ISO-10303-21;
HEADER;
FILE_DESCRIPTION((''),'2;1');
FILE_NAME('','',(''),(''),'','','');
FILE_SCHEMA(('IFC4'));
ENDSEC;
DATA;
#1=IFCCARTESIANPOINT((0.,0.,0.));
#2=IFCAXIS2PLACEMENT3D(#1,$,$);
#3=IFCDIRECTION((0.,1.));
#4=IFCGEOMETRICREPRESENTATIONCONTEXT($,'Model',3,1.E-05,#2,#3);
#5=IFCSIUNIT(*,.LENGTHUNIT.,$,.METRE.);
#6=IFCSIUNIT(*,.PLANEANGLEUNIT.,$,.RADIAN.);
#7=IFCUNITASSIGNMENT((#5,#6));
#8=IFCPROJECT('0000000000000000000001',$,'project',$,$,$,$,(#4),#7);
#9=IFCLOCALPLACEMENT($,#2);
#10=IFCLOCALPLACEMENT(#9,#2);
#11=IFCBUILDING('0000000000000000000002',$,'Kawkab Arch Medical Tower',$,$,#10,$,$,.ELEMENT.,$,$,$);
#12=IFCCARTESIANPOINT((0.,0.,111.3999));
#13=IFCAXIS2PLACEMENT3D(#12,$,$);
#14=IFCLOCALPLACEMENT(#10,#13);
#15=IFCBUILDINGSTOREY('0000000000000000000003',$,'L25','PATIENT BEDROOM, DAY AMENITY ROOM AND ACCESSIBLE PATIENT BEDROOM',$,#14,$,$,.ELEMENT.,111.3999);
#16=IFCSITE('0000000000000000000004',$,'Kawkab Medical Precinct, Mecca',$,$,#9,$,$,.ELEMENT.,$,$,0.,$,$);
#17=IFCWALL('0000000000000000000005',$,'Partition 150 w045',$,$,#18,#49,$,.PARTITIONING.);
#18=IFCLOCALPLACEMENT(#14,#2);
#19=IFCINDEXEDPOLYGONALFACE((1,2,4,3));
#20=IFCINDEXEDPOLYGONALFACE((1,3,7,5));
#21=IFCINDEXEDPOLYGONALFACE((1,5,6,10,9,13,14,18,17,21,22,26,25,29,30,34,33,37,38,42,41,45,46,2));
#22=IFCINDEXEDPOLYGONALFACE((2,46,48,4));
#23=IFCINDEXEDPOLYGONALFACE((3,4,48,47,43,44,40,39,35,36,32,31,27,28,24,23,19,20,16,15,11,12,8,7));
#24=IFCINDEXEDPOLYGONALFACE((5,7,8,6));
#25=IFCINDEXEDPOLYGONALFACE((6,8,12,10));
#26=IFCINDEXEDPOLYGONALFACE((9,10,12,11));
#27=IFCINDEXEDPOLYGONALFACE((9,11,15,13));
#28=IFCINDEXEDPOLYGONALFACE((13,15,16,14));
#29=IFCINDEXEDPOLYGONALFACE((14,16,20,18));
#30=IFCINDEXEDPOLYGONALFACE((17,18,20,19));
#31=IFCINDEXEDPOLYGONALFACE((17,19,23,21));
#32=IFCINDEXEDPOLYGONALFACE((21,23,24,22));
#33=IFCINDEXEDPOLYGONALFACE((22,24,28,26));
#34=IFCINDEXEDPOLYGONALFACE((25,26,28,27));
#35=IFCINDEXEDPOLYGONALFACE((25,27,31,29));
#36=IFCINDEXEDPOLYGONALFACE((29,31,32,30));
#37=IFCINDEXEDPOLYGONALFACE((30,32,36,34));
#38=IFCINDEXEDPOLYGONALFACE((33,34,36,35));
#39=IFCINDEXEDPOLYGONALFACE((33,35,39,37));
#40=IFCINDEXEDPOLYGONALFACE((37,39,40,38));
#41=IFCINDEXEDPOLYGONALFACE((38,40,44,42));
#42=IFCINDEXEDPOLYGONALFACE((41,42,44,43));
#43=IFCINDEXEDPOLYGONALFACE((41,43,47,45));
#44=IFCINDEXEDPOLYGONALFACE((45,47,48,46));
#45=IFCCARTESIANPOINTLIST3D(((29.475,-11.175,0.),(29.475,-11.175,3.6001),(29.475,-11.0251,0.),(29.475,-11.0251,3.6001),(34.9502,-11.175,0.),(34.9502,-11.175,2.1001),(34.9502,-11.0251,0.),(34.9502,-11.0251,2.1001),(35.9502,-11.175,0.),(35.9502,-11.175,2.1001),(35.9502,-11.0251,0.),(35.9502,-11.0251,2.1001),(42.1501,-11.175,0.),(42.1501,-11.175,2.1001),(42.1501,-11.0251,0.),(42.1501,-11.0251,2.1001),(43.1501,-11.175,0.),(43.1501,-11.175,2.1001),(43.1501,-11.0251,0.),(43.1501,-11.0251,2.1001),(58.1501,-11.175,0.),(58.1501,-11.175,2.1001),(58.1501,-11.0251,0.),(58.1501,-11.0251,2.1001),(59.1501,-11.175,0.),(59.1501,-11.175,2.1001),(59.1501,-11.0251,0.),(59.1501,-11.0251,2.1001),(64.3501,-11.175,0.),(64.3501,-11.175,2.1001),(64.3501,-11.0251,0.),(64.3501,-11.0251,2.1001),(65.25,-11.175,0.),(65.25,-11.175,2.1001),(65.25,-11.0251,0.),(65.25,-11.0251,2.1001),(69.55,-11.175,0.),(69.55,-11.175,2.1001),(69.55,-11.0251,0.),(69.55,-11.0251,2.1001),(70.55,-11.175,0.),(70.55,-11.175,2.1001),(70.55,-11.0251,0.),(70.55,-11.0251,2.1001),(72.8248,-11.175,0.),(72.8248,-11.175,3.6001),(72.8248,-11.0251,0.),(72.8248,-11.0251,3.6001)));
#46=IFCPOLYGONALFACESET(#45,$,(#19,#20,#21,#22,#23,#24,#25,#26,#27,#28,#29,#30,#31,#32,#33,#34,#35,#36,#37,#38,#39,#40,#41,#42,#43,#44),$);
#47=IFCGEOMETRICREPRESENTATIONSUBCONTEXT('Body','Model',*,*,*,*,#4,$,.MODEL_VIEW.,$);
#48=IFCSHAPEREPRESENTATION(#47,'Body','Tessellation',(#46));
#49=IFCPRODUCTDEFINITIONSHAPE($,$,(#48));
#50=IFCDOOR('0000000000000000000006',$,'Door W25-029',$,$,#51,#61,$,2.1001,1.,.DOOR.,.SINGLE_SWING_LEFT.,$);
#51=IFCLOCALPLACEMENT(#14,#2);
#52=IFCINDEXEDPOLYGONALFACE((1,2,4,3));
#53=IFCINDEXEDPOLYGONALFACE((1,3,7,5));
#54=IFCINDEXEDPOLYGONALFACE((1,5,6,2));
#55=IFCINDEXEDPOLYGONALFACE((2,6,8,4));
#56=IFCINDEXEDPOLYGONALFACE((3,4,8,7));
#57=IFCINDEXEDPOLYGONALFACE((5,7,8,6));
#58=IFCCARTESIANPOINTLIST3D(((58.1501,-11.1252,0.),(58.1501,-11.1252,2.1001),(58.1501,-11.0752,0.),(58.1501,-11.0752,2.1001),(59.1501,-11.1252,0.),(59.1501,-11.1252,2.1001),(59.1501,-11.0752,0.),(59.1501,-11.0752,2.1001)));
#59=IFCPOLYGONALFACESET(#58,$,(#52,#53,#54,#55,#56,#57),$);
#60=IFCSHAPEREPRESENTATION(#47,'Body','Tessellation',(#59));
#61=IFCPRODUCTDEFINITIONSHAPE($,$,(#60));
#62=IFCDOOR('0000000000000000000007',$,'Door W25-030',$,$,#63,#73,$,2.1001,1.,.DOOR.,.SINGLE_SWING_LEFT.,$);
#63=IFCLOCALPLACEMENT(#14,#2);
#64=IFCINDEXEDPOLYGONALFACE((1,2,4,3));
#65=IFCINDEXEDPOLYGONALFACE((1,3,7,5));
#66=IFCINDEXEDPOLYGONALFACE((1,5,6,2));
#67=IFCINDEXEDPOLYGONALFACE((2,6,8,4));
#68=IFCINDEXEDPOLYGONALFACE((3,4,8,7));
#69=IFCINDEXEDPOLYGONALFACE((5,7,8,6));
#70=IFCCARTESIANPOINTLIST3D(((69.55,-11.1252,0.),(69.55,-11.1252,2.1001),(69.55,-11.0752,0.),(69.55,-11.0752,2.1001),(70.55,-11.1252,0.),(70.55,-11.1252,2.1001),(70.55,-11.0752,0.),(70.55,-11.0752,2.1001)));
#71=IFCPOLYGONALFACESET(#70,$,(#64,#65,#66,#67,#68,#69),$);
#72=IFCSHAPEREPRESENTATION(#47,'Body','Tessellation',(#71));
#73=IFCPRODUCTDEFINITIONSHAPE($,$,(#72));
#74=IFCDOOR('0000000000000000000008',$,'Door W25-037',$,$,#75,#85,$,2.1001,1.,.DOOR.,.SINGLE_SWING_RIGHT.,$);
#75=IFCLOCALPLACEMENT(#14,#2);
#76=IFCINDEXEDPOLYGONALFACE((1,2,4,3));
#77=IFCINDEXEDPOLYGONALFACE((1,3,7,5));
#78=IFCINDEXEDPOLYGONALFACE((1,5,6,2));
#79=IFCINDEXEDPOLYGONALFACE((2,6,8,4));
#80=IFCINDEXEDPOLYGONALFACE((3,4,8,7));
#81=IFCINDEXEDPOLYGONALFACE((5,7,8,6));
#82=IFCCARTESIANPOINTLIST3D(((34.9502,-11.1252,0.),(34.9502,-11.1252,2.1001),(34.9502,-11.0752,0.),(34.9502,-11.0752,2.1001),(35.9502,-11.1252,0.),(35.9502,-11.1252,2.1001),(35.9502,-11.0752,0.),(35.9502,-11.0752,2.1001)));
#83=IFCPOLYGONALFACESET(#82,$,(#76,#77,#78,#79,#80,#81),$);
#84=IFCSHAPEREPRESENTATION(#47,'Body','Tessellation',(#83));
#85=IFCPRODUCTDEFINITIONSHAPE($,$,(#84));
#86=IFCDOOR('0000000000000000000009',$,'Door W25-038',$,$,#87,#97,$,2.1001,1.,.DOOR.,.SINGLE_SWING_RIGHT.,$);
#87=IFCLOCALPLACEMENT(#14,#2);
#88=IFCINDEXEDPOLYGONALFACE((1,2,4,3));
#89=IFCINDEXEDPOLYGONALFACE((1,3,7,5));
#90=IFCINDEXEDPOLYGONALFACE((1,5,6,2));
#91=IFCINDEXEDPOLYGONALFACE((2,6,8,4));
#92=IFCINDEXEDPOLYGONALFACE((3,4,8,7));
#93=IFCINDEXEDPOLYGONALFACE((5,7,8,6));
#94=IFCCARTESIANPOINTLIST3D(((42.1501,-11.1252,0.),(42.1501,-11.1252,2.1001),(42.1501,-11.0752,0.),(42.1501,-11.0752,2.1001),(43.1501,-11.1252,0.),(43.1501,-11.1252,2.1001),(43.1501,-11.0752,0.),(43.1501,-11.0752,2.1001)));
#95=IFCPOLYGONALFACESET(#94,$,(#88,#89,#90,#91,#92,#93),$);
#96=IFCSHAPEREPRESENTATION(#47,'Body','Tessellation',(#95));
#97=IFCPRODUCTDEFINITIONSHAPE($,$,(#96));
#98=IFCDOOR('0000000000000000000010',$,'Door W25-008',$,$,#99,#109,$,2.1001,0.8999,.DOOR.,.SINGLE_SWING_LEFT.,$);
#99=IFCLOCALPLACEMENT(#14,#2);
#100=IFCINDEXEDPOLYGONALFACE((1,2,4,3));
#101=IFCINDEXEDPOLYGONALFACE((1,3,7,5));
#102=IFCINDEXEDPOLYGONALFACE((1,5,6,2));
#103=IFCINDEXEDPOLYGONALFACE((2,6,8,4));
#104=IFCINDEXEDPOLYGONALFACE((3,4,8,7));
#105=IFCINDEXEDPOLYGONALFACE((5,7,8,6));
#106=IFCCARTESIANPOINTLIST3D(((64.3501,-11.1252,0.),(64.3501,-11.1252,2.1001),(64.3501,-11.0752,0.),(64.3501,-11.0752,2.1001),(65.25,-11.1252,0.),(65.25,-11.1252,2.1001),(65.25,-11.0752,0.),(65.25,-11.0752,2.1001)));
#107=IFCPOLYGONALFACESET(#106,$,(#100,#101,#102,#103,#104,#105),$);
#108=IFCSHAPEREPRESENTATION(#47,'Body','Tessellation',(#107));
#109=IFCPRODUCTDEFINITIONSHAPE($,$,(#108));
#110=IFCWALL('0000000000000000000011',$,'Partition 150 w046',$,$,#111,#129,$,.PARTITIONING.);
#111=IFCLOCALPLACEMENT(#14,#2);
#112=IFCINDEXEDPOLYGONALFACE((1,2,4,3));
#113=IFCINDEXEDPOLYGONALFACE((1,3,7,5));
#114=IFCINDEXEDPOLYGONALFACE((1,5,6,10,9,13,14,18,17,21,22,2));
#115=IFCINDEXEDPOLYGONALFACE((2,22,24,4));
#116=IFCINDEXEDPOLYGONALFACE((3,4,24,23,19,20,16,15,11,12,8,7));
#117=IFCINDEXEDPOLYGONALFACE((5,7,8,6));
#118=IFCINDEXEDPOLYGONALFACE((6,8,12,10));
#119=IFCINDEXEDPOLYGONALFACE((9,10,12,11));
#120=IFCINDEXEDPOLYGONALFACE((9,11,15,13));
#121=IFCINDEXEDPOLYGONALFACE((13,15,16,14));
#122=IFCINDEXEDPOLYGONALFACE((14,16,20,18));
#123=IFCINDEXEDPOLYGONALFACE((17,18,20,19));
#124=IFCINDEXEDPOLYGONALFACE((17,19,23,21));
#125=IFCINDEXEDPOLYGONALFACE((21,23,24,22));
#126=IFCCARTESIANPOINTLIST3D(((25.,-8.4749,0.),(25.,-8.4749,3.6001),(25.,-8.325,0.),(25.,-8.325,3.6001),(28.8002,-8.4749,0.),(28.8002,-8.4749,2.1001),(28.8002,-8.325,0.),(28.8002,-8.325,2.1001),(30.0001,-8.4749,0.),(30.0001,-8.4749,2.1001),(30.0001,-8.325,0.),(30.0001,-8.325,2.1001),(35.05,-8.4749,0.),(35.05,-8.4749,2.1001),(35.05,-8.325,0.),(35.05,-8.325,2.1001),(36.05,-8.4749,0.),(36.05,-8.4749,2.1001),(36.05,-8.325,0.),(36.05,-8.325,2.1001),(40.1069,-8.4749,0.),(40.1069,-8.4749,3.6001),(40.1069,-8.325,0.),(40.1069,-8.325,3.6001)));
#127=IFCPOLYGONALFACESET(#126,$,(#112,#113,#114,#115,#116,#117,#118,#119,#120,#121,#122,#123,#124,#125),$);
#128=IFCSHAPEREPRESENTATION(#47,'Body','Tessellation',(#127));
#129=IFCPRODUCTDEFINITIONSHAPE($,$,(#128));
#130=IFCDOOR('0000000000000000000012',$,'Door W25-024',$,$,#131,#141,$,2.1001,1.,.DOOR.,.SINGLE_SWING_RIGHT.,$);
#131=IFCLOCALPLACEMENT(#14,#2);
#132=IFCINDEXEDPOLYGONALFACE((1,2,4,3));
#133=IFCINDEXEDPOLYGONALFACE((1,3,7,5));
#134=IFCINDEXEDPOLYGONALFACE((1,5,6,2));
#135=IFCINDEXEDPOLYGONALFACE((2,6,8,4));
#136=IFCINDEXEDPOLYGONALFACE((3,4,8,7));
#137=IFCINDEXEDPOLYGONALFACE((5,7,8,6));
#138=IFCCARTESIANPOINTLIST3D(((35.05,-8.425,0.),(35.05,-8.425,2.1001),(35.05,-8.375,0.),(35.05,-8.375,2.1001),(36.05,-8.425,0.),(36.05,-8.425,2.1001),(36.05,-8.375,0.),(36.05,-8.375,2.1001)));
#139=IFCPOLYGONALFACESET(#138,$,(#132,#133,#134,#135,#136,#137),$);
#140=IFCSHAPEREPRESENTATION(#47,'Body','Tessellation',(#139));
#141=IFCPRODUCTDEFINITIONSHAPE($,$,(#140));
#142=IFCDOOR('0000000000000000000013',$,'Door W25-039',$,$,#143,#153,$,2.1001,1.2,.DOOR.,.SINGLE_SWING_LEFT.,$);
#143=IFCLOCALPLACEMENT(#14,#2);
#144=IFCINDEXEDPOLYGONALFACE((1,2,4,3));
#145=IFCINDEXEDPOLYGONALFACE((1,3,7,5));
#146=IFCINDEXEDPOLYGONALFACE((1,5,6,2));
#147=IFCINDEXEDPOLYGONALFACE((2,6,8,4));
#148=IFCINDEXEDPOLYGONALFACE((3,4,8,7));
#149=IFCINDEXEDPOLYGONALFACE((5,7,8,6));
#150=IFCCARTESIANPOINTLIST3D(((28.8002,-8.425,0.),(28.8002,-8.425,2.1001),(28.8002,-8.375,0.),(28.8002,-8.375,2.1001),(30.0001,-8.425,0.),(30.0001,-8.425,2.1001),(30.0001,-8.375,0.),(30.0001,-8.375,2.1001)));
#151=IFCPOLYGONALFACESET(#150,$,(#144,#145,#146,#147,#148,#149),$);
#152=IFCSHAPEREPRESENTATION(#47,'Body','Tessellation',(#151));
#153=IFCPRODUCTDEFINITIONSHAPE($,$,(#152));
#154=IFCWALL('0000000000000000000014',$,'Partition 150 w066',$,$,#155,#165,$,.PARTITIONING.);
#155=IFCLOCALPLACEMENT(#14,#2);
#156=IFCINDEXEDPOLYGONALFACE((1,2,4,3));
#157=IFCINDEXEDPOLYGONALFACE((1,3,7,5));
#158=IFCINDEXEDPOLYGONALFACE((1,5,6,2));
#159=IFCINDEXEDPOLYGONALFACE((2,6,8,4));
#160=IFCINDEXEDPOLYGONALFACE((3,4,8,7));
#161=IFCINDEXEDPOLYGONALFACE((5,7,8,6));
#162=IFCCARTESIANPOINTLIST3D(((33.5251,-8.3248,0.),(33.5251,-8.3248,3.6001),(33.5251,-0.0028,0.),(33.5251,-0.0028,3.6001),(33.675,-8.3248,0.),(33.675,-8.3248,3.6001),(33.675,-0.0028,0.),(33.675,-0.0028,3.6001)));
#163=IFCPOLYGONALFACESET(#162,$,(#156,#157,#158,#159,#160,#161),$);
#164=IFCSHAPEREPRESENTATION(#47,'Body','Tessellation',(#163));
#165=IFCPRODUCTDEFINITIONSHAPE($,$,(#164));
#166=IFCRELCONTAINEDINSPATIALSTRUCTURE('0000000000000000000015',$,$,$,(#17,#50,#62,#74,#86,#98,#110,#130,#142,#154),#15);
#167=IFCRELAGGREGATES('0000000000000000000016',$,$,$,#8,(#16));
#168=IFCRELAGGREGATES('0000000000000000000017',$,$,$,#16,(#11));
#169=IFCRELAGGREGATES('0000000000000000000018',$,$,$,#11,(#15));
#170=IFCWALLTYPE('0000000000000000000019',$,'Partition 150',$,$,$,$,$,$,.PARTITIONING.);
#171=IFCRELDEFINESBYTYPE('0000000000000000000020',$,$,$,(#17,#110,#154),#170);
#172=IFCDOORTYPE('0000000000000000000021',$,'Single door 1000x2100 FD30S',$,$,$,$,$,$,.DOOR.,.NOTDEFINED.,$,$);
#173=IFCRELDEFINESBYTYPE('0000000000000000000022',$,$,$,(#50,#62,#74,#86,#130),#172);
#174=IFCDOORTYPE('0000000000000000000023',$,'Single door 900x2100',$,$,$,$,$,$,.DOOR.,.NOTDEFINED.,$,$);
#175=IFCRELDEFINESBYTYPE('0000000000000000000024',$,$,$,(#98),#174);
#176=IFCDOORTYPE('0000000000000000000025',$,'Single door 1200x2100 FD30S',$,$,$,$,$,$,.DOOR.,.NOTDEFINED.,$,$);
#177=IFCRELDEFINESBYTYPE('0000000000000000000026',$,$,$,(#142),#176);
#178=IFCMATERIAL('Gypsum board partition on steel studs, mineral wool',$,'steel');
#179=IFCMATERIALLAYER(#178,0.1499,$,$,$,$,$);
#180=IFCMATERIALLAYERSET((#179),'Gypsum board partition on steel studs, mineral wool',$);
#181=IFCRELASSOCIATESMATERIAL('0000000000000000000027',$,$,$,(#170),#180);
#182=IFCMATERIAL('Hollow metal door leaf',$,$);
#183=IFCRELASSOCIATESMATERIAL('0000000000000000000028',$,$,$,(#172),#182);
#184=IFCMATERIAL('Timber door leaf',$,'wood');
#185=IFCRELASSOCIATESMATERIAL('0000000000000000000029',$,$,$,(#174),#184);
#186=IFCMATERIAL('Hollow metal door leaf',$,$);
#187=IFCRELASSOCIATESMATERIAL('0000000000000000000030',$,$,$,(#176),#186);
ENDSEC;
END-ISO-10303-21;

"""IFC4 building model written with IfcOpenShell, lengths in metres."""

from ifc_helpers import new_model, si_unit, direction, frame, frame_2d, origin, place, context, subcontext, project, spatial, rectangle, extrude, material, layer, layer_set, type_object, element, fill, save


model = new_model("IFC4")

# Units and contexts
model_context = context("Model", 3, precision=1e-05, world=origin(), true_north=direction((0.0, 1.0)))
body_context = subcontext(model_context, "Body", "Model", "MODEL_VIEW")
ifc_project = project(units=[si_unit("LENGTHUNIT", "METRE"), si_unit("PLANEANGLEUNIT", "RADIAN")], contexts=[model_context])

# Site, building, storey
site_placement = place(None, origin())
site = spatial("IfcSite", under=ifc_project, at=site_placement, Name="Kawkab Medical Precinct, Mecca", CompositionType="ELEMENT", RefElevation=0.0)
building_placement = place(site_placement, origin())
building = spatial("IfcBuilding", under=site, at=building_placement, Name="Kawkab Arch Medical Tower", CompositionType="ELEMENT")
storey_placement = place(building_placement, frame((0.0, 0.0, 111.3999)))
storey = spatial("IfcBuildingStorey", under=building, at=storey_placement, Name="L25", Description="PATIENT BEDROOM, DAY AMENITY ROOM AND ACCESSIBLE PATIENT BEDROOM", CompositionType="ELEMENT", Elevation=111.3999)

# Walls, openings, doors
ifc_material_1 = material(Name="Gypsum board partition on steel studs, mineral wool", Category="steel")
ifc_layer_1 = layer(ifc_material_1, 0.1499)
ifc_layer_set_1 = layer_set([ifc_layer_1], Name="Gypsum board partition on steel studs, mineral wool")
wall_type = type_object("IfcWallType", Name="Partition 150", PredefinedType="PARTITIONING", material=ifc_layer_set_1)
wall_1_placement = place(storey_placement, frame((29.4751, -11.1001, 0.0), z_axis=(0.0, 0.0, 1.0), x_axis=(1.0, 0.0, 0.0)))
wall_1 = element("IfcWall", 1, at=wall_1_placement, inside=storey, type_object=wall_type, Name="Partition 150 w045", PredefinedType="PARTITIONING", context=body_context, shape_type="SweptSolid", body=[
    extrude(rectangle(XDim=43.3499, YDim=0.1499, at=frame_2d((21.6748, 0.0))), origin(), (0.0, 0.0, 1.0), 3.6001),
])
opening_1_placement = place(wall_1_placement, frame((28.675, 0.0, 0.0)))
opening_1 = element("IfcOpeningElement", 2, at=opening_1_placement, cuts=wall_1, PredefinedType="OPENING", context=body_context, shape_type="SweptSolid", body=[
    extrude(rectangle(XDim=1.0, YDim=2.1001, at=frame_2d((0.5, 1.05))), frame((0.0, 0.085, 0.0), z_axis=(0.0, -1.0, 0.0), x_axis=(1.0, 0.0, 0.0)), (0.0, 0.0, 1.0), 0.1699),
])
opening_2_placement = place(wall_1_placement, frame((34.875, 0.0, 0.0)))
opening_2 = element("IfcOpeningElement", 3, at=opening_2_placement, cuts=wall_1, PredefinedType="OPENING", context=body_context, shape_type="SweptSolid", body=[
    extrude(rectangle(XDim=0.8999, YDim=2.1001, at=frame_2d((0.45, 1.05))), frame((0.0, 0.085, 0.0), z_axis=(0.0, -1.0, 0.0), x_axis=(1.0, 0.0, 0.0)), (0.0, 0.0, 1.0), 0.1699),
])
opening_3_placement = place(wall_1_placement, frame((40.075, 0.0, 0.0)))
opening_3 = element("IfcOpeningElement", 4, at=opening_3_placement, cuts=wall_1, PredefinedType="OPENING", context=body_context, shape_type="SweptSolid", body=[
    extrude(rectangle(XDim=1.0, YDim=2.1001, at=frame_2d((0.5, 1.05))), frame((0.0, 0.085, 0.0), z_axis=(0.0, -1.0, 0.0), x_axis=(1.0, 0.0, 0.0)), (0.0, 0.0, 1.0), 0.1699),
])
opening_4_placement = place(wall_1_placement, frame((5.4751, 0.0, 0.0)))
opening_4 = element("IfcOpeningElement", 5, at=opening_4_placement, cuts=wall_1, PredefinedType="OPENING", context=body_context, shape_type="SweptSolid", body=[
    extrude(rectangle(XDim=1.0, YDim=2.1001, at=frame_2d((0.5, 1.05))), frame((0.0, 0.085, 0.0), z_axis=(0.0, -1.0, 0.0), x_axis=(1.0, 0.0, 0.0)), (0.0, 0.0, 1.0), 0.1699),
])
opening_5_placement = place(wall_1_placement, frame((12.675, 0.0, 0.0)))
opening_5 = element("IfcOpeningElement", 6, at=opening_5_placement, cuts=wall_1, PredefinedType="OPENING", context=body_context, shape_type="SweptSolid", body=[
    extrude(rectangle(XDim=1.0, YDim=2.1001, at=frame_2d((0.5, 1.05))), frame((0.0, 0.085, 0.0), z_axis=(0.0, -1.0, 0.0), x_axis=(1.0, 0.0, 0.0)), (0.0, 0.0, 1.0), 0.1699),
])
ifc_material_2 = material(Name="Hollow metal door leaf")
door_type_1 = type_object("IfcDoorType", Name="Single door 1000x2100 FD30S", OperationType="NOTDEFINED", PredefinedType="DOOR", material=ifc_material_2)
door_1_placement = place(opening_1_placement, origin())
door_1 = element("IfcDoor", 7, at=door_1_placement, inside=storey, type_object=door_type_1, Name="Door W25-029", OperationType="SINGLE_SWING_LEFT", OverallHeight=2.1001, OverallWidth=1.0, PredefinedType="DOOR", context=body_context, shape_type="SweptSolid", body=[
    extrude(rectangle(XDim=1.0, YDim=2.1001, at=frame_2d((0.5, 1.05))), frame((0.0, 0.0249, 0.0), z_axis=(0.0, -1.0, 0.0), x_axis=(1.0, 0.0, 0.0)), (0.0, 0.0, 1.0), 0.05),
])
fill(opening_1, door_1)
door_2_placement = place(opening_3_placement, origin())
door_2 = element("IfcDoor", 8, at=door_2_placement, inside=storey, type_object=door_type_1, Name="Door W25-030", OperationType="SINGLE_SWING_LEFT", OverallHeight=2.1001, OverallWidth=1.0, PredefinedType="DOOR", context=body_context, shape_type="SweptSolid", body=[
    extrude(rectangle(XDim=1.0, YDim=2.1001, at=frame_2d((0.5, 1.05))), frame((0.0, 0.0249, 0.0), z_axis=(0.0, -1.0, 0.0), x_axis=(1.0, 0.0, 0.0)), (0.0, 0.0, 1.0), 0.05),
])
fill(opening_3, door_2)
door_3_placement = place(opening_4_placement, origin())
door_3 = element("IfcDoor", 9, at=door_3_placement, inside=storey, type_object=door_type_1, Name="Door W25-037", OperationType="SINGLE_SWING_RIGHT", OverallHeight=2.1001, OverallWidth=1.0, PredefinedType="DOOR", context=body_context, shape_type="SweptSolid", body=[
    extrude(rectangle(XDim=1.0, YDim=2.1001, at=frame_2d((0.5, 1.05))), frame((0.0, 0.0249, 0.0), z_axis=(0.0, -1.0, 0.0), x_axis=(1.0, 0.0, 0.0)), (0.0, 0.0, 1.0), 0.05),
])
fill(opening_4, door_3)
door_4_placement = place(opening_5_placement, origin())
door_4 = element("IfcDoor", 10, at=door_4_placement, inside=storey, type_object=door_type_1, Name="Door W25-038", OperationType="SINGLE_SWING_RIGHT", OverallHeight=2.1001, OverallWidth=1.0, PredefinedType="DOOR", context=body_context, shape_type="SweptSolid", body=[
    extrude(rectangle(XDim=1.0, YDim=2.1001, at=frame_2d((0.5, 1.05))), frame((0.0, 0.0249, 0.0), z_axis=(0.0, -1.0, 0.0), x_axis=(1.0, 0.0, 0.0)), (0.0, 0.0, 1.0), 0.05),
])
fill(opening_5, door_4)
ifc_material_3 = material(Name="Timber door leaf", Category="wood")
door_type_2 = type_object("IfcDoorType", Name="Single door 900x2100", OperationType="NOTDEFINED", PredefinedType="DOOR", material=ifc_material_3)
door_5_placement = place(opening_2_placement, origin())
door_5 = element("IfcDoor", 11, at=door_5_placement, inside=storey, type_object=door_type_2, Name="Door W25-008", OperationType="SINGLE_SWING_LEFT", OverallHeight=2.1001, OverallWidth=0.8999, PredefinedType="DOOR", context=body_context, shape_type="SweptSolid", body=[
    extrude(rectangle(XDim=0.8999, YDim=2.1001, at=frame_2d((0.45, 1.05))), frame((0.0, 0.0249, 0.0), z_axis=(0.0, -1.0, 0.0), x_axis=(1.0, 0.0, 0.0)), (0.0, 0.0, 1.0), 0.05),
])
fill(opening_2, door_5)
wall_2_placement = place(storey_placement, frame((25.0, -8.3999, 0.0), z_axis=(0.0, 0.0, 1.0), x_axis=(1.0, 0.0, 0.0)))
wall_2 = element("IfcWall", 12, at=wall_2_placement, inside=storey, type_object=wall_type, Name="Partition 150 w046", PredefinedType="PARTITIONING", context=body_context, shape_type="SweptSolid", body=[
    extrude(rectangle(XDim=15.1069, YDim=0.1499, at=frame_2d((7.5535, 0.0))), origin(), (0.0, 0.0, 1.0), 3.6001),
])
opening_6_placement = place(wall_2_placement, frame((3.8, 0.0, 0.0)))
opening_6 = element("IfcOpeningElement", 13, at=opening_6_placement, cuts=wall_2, PredefinedType="OPENING", context=body_context, shape_type="SweptSolid", body=[
    extrude(rectangle(XDim=1.2, YDim=2.1001, at=frame_2d((0.6001, 1.05))), frame((0.0, 0.085, 0.0), z_axis=(0.0, -1.0, 0.0), x_axis=(1.0, 0.0, 0.0)), (0.0, 0.0, 1.0), 0.1699),
])
opening_7_placement = place(wall_2_placement, frame((10.05, 0.0, 0.0)))
opening_7 = element("IfcOpeningElement", 14, at=opening_7_placement, cuts=wall_2, PredefinedType="OPENING", context=body_context, shape_type="SweptSolid", body=[
    extrude(rectangle(XDim=1.0, YDim=2.1001, at=frame_2d((0.5, 1.05))), frame((0.0, 0.085, 0.0), z_axis=(0.0, -1.0, 0.0), x_axis=(1.0, 0.0, 0.0)), (0.0, 0.0, 1.0), 0.1699),
])
door_6_placement = place(opening_7_placement, origin())
door_6 = element("IfcDoor", 15, at=door_6_placement, inside=storey, type_object=door_type_1, Name="Door W25-024", OperationType="SINGLE_SWING_RIGHT", OverallHeight=2.1001, OverallWidth=1.0, PredefinedType="DOOR", context=body_context, shape_type="SweptSolid", body=[
    extrude(rectangle(XDim=1.0, YDim=2.1001, at=frame_2d((0.5, 1.05))), frame((0.0, 0.0249, 0.0), z_axis=(0.0, -1.0, 0.0), x_axis=(1.0, 0.0, 0.0)), (0.0, 0.0, 1.0), 0.05),
])
fill(opening_7, door_6)
ifc_material_4 = material(Name="Hollow metal door leaf")
door_type_3 = type_object("IfcDoorType", Name="Single door 1200x2100 FD30S", OperationType="NOTDEFINED", PredefinedType="DOOR", material=ifc_material_4)
door_7_placement = place(opening_6_placement, origin())
door_7 = element("IfcDoor", 16, at=door_7_placement, inside=storey, type_object=door_type_3, Name="Door W25-039", OperationType="SINGLE_SWING_LEFT", OverallHeight=2.1001, OverallWidth=1.2, PredefinedType="DOOR", context=body_context, shape_type="SweptSolid", body=[
    extrude(rectangle(XDim=1.2, YDim=2.1001, at=frame_2d((0.6001, 1.05))), frame((0.0, 0.0249, 0.0), z_axis=(0.0, -1.0, 0.0), x_axis=(1.0, 0.0, 0.0)), (0.0, 0.0, 1.0), 0.05),
])
fill(opening_6, door_7)

# Wall
wall_3_placement = place(storey_placement, frame((33.6001, -8.325, 0.0), z_axis=(0.0, 0.0, 1.0), x_axis=(0.0, 1.0, 0.0)))
element("IfcWall", 17, at=wall_3_placement, inside=storey, type_object=wall_type, Name="Partition 150 w066", PredefinedType="PARTITIONING", context=body_context, shape_type="SweptSolid", body=[
    extrude(rectangle(XDim=8.322, YDim=0.1499, at=frame_2d((4.1611, 0.0))), origin(), (0.0, 0.0, 1.0), 3.6001),
])

save(model, "model.ifc")
